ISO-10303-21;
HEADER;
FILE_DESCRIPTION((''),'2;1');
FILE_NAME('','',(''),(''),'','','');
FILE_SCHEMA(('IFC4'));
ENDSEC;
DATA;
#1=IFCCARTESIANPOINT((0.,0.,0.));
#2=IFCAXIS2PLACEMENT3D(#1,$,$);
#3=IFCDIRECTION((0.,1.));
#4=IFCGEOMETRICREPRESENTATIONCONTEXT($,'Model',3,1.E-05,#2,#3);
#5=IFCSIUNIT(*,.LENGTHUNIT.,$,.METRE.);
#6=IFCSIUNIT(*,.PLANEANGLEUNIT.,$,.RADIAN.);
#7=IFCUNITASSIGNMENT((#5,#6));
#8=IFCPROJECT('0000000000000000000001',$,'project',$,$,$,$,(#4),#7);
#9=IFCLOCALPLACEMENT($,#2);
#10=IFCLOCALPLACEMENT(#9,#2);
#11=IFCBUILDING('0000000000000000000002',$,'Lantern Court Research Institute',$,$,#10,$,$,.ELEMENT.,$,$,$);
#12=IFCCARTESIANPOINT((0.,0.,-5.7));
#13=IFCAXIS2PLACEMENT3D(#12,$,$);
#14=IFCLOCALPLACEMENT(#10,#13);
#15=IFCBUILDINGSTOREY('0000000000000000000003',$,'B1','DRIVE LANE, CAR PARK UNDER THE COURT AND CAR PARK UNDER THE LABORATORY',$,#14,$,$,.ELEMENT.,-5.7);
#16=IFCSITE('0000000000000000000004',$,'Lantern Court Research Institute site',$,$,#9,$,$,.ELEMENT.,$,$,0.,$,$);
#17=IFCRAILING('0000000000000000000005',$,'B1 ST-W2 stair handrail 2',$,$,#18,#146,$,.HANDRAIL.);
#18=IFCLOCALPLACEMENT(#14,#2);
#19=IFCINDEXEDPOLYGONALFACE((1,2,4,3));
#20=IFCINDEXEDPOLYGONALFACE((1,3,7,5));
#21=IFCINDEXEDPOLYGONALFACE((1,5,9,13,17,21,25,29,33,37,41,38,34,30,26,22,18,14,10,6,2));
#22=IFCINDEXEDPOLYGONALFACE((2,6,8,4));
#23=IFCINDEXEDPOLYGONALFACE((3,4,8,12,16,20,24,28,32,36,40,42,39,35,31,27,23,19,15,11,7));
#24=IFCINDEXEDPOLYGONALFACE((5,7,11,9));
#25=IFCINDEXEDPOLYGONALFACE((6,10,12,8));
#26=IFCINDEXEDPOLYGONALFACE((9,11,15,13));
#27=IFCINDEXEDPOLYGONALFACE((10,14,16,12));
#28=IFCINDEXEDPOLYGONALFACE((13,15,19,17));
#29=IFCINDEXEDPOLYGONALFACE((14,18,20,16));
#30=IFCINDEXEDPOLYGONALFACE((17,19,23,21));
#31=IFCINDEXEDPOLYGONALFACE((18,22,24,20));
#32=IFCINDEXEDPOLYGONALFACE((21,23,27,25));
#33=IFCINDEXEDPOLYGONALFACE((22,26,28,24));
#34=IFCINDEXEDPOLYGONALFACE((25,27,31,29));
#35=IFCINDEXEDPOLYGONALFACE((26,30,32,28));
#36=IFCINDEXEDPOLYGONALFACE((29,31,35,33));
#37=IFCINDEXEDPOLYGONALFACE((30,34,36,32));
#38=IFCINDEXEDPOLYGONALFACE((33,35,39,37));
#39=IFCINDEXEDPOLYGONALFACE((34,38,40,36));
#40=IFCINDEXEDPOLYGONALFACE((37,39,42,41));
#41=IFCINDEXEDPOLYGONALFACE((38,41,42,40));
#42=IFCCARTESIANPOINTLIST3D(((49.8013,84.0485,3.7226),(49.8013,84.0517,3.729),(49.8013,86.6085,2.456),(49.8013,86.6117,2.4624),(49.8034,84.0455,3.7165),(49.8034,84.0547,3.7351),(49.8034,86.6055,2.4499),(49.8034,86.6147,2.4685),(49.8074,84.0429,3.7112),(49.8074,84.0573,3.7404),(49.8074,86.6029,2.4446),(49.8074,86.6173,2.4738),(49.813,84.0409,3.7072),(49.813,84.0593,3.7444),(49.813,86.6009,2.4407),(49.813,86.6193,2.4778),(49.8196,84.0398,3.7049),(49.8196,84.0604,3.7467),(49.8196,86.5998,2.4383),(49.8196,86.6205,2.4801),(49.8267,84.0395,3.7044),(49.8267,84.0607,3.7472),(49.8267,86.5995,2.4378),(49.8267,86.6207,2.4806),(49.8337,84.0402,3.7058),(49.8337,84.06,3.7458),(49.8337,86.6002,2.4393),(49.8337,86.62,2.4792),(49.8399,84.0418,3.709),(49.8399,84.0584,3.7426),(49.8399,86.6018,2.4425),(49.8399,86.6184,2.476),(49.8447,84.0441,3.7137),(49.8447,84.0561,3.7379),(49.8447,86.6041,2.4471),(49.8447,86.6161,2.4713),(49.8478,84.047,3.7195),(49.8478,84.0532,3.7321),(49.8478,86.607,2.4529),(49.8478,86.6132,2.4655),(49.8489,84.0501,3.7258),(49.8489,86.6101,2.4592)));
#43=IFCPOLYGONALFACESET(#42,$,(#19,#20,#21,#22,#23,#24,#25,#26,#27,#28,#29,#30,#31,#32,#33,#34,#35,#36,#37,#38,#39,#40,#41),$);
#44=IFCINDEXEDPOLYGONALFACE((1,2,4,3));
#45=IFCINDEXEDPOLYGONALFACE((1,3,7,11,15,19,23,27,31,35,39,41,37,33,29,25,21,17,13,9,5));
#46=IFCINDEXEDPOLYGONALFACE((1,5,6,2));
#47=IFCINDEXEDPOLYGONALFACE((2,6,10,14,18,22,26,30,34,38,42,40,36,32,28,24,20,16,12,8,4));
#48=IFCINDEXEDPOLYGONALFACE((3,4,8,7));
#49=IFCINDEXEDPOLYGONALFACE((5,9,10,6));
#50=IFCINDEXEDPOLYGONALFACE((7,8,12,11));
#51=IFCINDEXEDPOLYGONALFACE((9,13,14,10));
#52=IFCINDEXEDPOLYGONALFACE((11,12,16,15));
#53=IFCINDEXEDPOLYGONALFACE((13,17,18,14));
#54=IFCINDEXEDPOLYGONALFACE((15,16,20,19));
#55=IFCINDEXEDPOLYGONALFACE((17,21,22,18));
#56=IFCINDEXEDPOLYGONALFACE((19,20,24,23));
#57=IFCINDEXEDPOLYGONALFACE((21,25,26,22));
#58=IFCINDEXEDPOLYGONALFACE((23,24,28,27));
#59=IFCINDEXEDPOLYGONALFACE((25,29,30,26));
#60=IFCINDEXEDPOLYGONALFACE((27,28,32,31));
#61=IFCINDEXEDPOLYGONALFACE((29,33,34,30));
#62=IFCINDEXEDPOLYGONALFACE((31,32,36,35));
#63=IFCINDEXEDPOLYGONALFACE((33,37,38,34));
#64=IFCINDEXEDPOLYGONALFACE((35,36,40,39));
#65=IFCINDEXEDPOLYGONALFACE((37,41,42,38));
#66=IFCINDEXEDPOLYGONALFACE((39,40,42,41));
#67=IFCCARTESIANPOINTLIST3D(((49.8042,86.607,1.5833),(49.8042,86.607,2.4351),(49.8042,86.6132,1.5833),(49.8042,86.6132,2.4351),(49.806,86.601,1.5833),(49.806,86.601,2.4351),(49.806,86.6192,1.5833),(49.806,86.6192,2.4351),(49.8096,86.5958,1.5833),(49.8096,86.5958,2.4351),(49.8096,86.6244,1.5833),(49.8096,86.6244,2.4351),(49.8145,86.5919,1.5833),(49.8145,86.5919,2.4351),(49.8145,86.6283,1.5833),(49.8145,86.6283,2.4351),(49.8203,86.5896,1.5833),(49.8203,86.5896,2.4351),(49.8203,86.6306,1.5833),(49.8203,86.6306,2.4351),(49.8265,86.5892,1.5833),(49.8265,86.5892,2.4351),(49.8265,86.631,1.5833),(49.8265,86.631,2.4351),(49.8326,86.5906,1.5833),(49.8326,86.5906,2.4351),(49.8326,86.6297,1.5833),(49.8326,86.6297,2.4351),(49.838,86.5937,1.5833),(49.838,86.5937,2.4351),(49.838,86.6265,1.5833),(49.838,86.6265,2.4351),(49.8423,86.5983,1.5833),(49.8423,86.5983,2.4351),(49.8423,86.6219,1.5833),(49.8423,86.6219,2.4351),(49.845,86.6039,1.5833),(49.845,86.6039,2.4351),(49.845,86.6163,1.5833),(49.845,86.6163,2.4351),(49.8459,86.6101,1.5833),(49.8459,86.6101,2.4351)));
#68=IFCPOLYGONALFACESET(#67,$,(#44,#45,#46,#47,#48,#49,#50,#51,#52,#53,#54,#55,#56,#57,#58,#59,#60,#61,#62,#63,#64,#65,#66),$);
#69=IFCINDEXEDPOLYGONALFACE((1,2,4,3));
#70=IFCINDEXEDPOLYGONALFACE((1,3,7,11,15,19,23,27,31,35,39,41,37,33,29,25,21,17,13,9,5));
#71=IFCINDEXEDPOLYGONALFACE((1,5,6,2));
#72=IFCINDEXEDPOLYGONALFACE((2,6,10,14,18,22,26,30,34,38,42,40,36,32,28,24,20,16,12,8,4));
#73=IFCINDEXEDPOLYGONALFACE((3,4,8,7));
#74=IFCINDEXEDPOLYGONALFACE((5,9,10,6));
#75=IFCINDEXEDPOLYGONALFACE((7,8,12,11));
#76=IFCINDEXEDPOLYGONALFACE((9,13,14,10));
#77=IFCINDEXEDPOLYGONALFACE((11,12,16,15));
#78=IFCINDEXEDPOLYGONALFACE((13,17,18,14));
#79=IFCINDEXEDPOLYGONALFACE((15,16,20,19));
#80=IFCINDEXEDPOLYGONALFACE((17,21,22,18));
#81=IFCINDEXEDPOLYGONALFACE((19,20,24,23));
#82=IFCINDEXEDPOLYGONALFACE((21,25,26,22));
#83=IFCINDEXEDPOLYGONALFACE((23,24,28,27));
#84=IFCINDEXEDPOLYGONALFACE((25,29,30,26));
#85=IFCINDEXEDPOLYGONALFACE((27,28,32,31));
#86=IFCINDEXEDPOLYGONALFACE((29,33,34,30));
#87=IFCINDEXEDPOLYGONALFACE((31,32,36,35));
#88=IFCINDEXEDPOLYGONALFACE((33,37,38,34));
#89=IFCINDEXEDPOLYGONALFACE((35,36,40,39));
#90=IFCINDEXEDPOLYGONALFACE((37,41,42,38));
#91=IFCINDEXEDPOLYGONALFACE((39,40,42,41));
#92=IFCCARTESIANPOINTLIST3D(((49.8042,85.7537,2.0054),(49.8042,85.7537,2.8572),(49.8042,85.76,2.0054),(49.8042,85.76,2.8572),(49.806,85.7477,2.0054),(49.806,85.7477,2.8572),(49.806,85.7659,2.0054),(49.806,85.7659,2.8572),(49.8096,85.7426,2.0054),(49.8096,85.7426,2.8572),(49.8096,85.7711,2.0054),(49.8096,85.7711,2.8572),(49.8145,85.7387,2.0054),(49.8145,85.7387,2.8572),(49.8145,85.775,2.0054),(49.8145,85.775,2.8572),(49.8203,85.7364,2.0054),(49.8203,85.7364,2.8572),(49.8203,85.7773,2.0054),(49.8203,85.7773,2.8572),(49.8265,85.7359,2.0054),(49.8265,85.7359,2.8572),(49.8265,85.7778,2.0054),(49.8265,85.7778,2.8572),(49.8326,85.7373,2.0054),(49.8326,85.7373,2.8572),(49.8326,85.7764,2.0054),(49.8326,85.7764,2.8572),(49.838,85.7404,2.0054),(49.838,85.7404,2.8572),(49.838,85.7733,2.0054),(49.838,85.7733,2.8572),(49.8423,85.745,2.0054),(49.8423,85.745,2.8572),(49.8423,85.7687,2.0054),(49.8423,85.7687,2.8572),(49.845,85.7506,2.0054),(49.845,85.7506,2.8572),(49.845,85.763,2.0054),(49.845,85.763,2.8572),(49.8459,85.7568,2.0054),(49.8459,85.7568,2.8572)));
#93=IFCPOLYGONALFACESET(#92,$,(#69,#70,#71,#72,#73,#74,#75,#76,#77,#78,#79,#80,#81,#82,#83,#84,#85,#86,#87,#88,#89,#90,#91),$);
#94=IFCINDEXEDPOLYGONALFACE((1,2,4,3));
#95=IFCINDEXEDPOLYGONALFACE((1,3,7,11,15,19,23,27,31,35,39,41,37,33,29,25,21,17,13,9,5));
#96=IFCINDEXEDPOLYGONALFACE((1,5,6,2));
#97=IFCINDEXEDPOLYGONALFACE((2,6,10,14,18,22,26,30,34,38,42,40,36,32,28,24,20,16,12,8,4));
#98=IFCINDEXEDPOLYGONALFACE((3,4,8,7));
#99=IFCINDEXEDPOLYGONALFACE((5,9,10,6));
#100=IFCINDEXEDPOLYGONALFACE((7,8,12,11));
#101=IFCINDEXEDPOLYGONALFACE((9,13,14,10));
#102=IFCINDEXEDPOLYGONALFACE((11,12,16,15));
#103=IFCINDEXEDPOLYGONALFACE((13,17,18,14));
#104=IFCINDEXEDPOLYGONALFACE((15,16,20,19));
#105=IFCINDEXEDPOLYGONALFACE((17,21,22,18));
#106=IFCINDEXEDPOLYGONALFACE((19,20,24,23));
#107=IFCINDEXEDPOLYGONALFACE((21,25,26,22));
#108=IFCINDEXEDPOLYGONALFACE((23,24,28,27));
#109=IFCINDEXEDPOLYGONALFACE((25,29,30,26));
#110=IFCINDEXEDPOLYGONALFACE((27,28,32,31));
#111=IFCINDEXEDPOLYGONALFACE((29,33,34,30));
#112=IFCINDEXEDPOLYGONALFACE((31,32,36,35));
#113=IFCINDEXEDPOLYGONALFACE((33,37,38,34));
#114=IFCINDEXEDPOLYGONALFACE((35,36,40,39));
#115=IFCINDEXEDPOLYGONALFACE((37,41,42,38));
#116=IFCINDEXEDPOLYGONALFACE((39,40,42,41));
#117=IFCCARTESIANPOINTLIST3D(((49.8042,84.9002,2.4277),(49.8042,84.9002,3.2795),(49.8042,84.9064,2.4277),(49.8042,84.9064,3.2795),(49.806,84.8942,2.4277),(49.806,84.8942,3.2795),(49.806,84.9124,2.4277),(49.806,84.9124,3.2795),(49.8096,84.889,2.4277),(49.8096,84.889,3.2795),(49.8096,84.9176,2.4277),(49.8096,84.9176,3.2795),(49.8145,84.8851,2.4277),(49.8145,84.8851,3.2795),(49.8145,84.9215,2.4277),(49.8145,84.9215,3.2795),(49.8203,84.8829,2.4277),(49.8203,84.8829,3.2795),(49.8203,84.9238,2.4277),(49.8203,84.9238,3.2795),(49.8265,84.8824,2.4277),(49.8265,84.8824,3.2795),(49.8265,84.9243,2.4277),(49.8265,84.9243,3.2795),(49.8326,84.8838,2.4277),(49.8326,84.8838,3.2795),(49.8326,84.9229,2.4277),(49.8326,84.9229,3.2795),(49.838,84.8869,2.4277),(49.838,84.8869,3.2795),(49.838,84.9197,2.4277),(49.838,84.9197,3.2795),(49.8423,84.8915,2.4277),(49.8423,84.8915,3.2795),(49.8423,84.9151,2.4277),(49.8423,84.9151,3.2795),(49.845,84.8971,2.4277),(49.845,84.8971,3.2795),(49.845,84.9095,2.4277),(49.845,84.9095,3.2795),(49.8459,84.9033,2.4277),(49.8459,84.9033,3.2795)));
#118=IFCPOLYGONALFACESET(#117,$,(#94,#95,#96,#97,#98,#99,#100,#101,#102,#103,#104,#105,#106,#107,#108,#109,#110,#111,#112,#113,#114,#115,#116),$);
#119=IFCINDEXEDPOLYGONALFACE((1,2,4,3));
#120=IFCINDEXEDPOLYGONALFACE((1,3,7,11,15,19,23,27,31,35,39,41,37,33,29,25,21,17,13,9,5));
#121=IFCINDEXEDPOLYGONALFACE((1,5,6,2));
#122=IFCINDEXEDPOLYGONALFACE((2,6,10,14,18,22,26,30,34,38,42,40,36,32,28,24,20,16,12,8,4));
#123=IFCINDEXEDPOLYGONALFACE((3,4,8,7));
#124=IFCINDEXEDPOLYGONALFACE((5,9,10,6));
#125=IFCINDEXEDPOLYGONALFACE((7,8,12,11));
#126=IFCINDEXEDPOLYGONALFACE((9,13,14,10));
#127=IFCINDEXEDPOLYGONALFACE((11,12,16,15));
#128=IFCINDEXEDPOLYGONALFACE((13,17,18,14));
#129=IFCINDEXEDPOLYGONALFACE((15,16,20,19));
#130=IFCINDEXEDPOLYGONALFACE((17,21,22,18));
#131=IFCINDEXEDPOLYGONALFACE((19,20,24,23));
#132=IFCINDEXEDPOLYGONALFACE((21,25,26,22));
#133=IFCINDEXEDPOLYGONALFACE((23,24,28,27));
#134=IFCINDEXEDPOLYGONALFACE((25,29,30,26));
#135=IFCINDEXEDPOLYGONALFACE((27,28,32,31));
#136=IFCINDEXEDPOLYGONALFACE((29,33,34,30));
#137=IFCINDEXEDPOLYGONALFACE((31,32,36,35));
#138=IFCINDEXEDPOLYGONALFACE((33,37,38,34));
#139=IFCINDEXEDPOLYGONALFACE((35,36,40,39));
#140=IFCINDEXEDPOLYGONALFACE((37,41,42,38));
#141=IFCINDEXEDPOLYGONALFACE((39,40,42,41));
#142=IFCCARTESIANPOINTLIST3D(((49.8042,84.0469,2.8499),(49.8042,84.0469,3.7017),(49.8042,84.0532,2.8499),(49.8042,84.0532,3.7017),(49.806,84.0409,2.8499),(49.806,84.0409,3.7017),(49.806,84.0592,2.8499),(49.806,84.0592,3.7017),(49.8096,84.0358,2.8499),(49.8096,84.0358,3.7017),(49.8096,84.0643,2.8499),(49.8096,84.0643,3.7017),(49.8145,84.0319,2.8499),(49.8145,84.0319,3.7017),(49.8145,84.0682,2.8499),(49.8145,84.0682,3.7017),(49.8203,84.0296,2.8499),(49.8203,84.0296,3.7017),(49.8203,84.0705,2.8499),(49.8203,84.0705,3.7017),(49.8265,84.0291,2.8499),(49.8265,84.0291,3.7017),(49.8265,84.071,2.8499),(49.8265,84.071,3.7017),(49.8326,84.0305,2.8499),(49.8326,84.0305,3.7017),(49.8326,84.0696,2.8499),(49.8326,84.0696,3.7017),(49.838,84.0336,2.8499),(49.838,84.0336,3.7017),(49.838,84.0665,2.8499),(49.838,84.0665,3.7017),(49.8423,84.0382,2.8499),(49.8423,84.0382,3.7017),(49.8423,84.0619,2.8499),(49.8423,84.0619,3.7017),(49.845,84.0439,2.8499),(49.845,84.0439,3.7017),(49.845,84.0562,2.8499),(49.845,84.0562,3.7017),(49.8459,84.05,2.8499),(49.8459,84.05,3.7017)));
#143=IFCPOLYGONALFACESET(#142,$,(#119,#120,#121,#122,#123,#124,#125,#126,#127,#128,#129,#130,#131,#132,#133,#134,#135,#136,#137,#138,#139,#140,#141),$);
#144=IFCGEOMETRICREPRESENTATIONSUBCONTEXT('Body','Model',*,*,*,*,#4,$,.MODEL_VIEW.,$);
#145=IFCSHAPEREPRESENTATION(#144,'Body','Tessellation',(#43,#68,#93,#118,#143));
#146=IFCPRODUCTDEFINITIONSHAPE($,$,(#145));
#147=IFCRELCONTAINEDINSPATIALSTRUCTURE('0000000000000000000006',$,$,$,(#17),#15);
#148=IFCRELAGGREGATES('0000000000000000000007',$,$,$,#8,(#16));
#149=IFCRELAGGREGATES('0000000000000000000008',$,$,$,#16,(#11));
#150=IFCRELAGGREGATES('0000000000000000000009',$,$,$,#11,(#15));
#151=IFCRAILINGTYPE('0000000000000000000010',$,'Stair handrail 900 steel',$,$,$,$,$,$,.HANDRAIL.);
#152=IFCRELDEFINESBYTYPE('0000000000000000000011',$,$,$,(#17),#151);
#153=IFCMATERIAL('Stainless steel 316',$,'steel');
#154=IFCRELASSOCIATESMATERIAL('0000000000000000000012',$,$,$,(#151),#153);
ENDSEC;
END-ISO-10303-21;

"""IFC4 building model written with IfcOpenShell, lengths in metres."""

from ifc_helpers import new_model, si_unit, direction, frame, origin, origin_2d, place, context, subcontext, project, spatial, circle, extrude, material, type_object, element, save


model = new_model("IFC4")

# Units and contexts
model_context = context("Model", 3, precision=1e-05, world=origin(), true_north=direction((0.0, 1.0)))
body_context = subcontext(model_context, "Body", "Model", "MODEL_VIEW")
ifc_project = project(units=[si_unit("LENGTHUNIT", "METRE"), si_unit("PLANEANGLEUNIT", "RADIAN")], contexts=[model_context])

# Site, building, storey
site_placement = place(None, origin())
site = spatial("IfcSite", under=ifc_project, at=site_placement, Name="Lantern Court Research Institute site", CompositionType="ELEMENT", RefElevation=0.0)
building_placement = place(site_placement, origin())
building = spatial("IfcBuilding", under=site, at=building_placement, Name="Lantern Court Research Institute", CompositionType="ELEMENT")
storey_placement = place(building_placement, frame((0.0, 0.0, -5.7)))
storey = spatial("IfcBuildingStorey", under=building, at=storey_placement, Name="B1", Description="DRIVE LANE, CAR PARK UNDER THE COURT AND CAR PARK UNDER THE LABORATORY", CompositionType="ELEMENT", Elevation=-5.7)

# Railing
ifc_material_1 = material(Name="Stainless steel 316", Category="steel")
railing_type_1 = type_object("IfcRailingType", Name="Stair handrail 900 steel", PredefinedType="HANDRAIL", material=ifc_material_1)
railing_1_placement = place(storey_placement, frame((49.825, 86.6101, 1.5833)))
element("IfcRailing", 1, at=railing_1_placement, inside=storey, type_object=railing_type_1, Name="B1 ST-W2 stair handrail 2", PredefinedType="HANDRAIL", context=body_context, shape_type="SweptSolid", body=[
    extrude(circle(Radius=0.0239, at=origin_2d()), frame((0.0, 0.0, 0.876), z_axis=(0.0, -0.8963, 0.443449), x_axis=(1.0, 0.0, 0.0)), (0.0, 0.0, 1.0), 2.8562),
    extrude(circle(Radius=0.021, at=origin_2d()), origin(), (0.0, 0.0, 1.0), 0.8518),
    extrude(circle(Radius=0.021, at=origin_2d()), frame((0.0, -0.8533, 0.4221)), (0.0, 0.0, 1.0), 0.8518),
    extrude(circle(Radius=0.021, at=origin_2d()), frame((0.0, -1.7068, 0.8445)), (0.0, 0.0, 1.0), 0.8518),
    extrude(circle(Radius=0.021, at=origin_2d()), frame((0.0, -2.5601, 1.2666)), (0.0, 0.0, 1.0), 0.8518),
])

save(model, "model.ifc")
